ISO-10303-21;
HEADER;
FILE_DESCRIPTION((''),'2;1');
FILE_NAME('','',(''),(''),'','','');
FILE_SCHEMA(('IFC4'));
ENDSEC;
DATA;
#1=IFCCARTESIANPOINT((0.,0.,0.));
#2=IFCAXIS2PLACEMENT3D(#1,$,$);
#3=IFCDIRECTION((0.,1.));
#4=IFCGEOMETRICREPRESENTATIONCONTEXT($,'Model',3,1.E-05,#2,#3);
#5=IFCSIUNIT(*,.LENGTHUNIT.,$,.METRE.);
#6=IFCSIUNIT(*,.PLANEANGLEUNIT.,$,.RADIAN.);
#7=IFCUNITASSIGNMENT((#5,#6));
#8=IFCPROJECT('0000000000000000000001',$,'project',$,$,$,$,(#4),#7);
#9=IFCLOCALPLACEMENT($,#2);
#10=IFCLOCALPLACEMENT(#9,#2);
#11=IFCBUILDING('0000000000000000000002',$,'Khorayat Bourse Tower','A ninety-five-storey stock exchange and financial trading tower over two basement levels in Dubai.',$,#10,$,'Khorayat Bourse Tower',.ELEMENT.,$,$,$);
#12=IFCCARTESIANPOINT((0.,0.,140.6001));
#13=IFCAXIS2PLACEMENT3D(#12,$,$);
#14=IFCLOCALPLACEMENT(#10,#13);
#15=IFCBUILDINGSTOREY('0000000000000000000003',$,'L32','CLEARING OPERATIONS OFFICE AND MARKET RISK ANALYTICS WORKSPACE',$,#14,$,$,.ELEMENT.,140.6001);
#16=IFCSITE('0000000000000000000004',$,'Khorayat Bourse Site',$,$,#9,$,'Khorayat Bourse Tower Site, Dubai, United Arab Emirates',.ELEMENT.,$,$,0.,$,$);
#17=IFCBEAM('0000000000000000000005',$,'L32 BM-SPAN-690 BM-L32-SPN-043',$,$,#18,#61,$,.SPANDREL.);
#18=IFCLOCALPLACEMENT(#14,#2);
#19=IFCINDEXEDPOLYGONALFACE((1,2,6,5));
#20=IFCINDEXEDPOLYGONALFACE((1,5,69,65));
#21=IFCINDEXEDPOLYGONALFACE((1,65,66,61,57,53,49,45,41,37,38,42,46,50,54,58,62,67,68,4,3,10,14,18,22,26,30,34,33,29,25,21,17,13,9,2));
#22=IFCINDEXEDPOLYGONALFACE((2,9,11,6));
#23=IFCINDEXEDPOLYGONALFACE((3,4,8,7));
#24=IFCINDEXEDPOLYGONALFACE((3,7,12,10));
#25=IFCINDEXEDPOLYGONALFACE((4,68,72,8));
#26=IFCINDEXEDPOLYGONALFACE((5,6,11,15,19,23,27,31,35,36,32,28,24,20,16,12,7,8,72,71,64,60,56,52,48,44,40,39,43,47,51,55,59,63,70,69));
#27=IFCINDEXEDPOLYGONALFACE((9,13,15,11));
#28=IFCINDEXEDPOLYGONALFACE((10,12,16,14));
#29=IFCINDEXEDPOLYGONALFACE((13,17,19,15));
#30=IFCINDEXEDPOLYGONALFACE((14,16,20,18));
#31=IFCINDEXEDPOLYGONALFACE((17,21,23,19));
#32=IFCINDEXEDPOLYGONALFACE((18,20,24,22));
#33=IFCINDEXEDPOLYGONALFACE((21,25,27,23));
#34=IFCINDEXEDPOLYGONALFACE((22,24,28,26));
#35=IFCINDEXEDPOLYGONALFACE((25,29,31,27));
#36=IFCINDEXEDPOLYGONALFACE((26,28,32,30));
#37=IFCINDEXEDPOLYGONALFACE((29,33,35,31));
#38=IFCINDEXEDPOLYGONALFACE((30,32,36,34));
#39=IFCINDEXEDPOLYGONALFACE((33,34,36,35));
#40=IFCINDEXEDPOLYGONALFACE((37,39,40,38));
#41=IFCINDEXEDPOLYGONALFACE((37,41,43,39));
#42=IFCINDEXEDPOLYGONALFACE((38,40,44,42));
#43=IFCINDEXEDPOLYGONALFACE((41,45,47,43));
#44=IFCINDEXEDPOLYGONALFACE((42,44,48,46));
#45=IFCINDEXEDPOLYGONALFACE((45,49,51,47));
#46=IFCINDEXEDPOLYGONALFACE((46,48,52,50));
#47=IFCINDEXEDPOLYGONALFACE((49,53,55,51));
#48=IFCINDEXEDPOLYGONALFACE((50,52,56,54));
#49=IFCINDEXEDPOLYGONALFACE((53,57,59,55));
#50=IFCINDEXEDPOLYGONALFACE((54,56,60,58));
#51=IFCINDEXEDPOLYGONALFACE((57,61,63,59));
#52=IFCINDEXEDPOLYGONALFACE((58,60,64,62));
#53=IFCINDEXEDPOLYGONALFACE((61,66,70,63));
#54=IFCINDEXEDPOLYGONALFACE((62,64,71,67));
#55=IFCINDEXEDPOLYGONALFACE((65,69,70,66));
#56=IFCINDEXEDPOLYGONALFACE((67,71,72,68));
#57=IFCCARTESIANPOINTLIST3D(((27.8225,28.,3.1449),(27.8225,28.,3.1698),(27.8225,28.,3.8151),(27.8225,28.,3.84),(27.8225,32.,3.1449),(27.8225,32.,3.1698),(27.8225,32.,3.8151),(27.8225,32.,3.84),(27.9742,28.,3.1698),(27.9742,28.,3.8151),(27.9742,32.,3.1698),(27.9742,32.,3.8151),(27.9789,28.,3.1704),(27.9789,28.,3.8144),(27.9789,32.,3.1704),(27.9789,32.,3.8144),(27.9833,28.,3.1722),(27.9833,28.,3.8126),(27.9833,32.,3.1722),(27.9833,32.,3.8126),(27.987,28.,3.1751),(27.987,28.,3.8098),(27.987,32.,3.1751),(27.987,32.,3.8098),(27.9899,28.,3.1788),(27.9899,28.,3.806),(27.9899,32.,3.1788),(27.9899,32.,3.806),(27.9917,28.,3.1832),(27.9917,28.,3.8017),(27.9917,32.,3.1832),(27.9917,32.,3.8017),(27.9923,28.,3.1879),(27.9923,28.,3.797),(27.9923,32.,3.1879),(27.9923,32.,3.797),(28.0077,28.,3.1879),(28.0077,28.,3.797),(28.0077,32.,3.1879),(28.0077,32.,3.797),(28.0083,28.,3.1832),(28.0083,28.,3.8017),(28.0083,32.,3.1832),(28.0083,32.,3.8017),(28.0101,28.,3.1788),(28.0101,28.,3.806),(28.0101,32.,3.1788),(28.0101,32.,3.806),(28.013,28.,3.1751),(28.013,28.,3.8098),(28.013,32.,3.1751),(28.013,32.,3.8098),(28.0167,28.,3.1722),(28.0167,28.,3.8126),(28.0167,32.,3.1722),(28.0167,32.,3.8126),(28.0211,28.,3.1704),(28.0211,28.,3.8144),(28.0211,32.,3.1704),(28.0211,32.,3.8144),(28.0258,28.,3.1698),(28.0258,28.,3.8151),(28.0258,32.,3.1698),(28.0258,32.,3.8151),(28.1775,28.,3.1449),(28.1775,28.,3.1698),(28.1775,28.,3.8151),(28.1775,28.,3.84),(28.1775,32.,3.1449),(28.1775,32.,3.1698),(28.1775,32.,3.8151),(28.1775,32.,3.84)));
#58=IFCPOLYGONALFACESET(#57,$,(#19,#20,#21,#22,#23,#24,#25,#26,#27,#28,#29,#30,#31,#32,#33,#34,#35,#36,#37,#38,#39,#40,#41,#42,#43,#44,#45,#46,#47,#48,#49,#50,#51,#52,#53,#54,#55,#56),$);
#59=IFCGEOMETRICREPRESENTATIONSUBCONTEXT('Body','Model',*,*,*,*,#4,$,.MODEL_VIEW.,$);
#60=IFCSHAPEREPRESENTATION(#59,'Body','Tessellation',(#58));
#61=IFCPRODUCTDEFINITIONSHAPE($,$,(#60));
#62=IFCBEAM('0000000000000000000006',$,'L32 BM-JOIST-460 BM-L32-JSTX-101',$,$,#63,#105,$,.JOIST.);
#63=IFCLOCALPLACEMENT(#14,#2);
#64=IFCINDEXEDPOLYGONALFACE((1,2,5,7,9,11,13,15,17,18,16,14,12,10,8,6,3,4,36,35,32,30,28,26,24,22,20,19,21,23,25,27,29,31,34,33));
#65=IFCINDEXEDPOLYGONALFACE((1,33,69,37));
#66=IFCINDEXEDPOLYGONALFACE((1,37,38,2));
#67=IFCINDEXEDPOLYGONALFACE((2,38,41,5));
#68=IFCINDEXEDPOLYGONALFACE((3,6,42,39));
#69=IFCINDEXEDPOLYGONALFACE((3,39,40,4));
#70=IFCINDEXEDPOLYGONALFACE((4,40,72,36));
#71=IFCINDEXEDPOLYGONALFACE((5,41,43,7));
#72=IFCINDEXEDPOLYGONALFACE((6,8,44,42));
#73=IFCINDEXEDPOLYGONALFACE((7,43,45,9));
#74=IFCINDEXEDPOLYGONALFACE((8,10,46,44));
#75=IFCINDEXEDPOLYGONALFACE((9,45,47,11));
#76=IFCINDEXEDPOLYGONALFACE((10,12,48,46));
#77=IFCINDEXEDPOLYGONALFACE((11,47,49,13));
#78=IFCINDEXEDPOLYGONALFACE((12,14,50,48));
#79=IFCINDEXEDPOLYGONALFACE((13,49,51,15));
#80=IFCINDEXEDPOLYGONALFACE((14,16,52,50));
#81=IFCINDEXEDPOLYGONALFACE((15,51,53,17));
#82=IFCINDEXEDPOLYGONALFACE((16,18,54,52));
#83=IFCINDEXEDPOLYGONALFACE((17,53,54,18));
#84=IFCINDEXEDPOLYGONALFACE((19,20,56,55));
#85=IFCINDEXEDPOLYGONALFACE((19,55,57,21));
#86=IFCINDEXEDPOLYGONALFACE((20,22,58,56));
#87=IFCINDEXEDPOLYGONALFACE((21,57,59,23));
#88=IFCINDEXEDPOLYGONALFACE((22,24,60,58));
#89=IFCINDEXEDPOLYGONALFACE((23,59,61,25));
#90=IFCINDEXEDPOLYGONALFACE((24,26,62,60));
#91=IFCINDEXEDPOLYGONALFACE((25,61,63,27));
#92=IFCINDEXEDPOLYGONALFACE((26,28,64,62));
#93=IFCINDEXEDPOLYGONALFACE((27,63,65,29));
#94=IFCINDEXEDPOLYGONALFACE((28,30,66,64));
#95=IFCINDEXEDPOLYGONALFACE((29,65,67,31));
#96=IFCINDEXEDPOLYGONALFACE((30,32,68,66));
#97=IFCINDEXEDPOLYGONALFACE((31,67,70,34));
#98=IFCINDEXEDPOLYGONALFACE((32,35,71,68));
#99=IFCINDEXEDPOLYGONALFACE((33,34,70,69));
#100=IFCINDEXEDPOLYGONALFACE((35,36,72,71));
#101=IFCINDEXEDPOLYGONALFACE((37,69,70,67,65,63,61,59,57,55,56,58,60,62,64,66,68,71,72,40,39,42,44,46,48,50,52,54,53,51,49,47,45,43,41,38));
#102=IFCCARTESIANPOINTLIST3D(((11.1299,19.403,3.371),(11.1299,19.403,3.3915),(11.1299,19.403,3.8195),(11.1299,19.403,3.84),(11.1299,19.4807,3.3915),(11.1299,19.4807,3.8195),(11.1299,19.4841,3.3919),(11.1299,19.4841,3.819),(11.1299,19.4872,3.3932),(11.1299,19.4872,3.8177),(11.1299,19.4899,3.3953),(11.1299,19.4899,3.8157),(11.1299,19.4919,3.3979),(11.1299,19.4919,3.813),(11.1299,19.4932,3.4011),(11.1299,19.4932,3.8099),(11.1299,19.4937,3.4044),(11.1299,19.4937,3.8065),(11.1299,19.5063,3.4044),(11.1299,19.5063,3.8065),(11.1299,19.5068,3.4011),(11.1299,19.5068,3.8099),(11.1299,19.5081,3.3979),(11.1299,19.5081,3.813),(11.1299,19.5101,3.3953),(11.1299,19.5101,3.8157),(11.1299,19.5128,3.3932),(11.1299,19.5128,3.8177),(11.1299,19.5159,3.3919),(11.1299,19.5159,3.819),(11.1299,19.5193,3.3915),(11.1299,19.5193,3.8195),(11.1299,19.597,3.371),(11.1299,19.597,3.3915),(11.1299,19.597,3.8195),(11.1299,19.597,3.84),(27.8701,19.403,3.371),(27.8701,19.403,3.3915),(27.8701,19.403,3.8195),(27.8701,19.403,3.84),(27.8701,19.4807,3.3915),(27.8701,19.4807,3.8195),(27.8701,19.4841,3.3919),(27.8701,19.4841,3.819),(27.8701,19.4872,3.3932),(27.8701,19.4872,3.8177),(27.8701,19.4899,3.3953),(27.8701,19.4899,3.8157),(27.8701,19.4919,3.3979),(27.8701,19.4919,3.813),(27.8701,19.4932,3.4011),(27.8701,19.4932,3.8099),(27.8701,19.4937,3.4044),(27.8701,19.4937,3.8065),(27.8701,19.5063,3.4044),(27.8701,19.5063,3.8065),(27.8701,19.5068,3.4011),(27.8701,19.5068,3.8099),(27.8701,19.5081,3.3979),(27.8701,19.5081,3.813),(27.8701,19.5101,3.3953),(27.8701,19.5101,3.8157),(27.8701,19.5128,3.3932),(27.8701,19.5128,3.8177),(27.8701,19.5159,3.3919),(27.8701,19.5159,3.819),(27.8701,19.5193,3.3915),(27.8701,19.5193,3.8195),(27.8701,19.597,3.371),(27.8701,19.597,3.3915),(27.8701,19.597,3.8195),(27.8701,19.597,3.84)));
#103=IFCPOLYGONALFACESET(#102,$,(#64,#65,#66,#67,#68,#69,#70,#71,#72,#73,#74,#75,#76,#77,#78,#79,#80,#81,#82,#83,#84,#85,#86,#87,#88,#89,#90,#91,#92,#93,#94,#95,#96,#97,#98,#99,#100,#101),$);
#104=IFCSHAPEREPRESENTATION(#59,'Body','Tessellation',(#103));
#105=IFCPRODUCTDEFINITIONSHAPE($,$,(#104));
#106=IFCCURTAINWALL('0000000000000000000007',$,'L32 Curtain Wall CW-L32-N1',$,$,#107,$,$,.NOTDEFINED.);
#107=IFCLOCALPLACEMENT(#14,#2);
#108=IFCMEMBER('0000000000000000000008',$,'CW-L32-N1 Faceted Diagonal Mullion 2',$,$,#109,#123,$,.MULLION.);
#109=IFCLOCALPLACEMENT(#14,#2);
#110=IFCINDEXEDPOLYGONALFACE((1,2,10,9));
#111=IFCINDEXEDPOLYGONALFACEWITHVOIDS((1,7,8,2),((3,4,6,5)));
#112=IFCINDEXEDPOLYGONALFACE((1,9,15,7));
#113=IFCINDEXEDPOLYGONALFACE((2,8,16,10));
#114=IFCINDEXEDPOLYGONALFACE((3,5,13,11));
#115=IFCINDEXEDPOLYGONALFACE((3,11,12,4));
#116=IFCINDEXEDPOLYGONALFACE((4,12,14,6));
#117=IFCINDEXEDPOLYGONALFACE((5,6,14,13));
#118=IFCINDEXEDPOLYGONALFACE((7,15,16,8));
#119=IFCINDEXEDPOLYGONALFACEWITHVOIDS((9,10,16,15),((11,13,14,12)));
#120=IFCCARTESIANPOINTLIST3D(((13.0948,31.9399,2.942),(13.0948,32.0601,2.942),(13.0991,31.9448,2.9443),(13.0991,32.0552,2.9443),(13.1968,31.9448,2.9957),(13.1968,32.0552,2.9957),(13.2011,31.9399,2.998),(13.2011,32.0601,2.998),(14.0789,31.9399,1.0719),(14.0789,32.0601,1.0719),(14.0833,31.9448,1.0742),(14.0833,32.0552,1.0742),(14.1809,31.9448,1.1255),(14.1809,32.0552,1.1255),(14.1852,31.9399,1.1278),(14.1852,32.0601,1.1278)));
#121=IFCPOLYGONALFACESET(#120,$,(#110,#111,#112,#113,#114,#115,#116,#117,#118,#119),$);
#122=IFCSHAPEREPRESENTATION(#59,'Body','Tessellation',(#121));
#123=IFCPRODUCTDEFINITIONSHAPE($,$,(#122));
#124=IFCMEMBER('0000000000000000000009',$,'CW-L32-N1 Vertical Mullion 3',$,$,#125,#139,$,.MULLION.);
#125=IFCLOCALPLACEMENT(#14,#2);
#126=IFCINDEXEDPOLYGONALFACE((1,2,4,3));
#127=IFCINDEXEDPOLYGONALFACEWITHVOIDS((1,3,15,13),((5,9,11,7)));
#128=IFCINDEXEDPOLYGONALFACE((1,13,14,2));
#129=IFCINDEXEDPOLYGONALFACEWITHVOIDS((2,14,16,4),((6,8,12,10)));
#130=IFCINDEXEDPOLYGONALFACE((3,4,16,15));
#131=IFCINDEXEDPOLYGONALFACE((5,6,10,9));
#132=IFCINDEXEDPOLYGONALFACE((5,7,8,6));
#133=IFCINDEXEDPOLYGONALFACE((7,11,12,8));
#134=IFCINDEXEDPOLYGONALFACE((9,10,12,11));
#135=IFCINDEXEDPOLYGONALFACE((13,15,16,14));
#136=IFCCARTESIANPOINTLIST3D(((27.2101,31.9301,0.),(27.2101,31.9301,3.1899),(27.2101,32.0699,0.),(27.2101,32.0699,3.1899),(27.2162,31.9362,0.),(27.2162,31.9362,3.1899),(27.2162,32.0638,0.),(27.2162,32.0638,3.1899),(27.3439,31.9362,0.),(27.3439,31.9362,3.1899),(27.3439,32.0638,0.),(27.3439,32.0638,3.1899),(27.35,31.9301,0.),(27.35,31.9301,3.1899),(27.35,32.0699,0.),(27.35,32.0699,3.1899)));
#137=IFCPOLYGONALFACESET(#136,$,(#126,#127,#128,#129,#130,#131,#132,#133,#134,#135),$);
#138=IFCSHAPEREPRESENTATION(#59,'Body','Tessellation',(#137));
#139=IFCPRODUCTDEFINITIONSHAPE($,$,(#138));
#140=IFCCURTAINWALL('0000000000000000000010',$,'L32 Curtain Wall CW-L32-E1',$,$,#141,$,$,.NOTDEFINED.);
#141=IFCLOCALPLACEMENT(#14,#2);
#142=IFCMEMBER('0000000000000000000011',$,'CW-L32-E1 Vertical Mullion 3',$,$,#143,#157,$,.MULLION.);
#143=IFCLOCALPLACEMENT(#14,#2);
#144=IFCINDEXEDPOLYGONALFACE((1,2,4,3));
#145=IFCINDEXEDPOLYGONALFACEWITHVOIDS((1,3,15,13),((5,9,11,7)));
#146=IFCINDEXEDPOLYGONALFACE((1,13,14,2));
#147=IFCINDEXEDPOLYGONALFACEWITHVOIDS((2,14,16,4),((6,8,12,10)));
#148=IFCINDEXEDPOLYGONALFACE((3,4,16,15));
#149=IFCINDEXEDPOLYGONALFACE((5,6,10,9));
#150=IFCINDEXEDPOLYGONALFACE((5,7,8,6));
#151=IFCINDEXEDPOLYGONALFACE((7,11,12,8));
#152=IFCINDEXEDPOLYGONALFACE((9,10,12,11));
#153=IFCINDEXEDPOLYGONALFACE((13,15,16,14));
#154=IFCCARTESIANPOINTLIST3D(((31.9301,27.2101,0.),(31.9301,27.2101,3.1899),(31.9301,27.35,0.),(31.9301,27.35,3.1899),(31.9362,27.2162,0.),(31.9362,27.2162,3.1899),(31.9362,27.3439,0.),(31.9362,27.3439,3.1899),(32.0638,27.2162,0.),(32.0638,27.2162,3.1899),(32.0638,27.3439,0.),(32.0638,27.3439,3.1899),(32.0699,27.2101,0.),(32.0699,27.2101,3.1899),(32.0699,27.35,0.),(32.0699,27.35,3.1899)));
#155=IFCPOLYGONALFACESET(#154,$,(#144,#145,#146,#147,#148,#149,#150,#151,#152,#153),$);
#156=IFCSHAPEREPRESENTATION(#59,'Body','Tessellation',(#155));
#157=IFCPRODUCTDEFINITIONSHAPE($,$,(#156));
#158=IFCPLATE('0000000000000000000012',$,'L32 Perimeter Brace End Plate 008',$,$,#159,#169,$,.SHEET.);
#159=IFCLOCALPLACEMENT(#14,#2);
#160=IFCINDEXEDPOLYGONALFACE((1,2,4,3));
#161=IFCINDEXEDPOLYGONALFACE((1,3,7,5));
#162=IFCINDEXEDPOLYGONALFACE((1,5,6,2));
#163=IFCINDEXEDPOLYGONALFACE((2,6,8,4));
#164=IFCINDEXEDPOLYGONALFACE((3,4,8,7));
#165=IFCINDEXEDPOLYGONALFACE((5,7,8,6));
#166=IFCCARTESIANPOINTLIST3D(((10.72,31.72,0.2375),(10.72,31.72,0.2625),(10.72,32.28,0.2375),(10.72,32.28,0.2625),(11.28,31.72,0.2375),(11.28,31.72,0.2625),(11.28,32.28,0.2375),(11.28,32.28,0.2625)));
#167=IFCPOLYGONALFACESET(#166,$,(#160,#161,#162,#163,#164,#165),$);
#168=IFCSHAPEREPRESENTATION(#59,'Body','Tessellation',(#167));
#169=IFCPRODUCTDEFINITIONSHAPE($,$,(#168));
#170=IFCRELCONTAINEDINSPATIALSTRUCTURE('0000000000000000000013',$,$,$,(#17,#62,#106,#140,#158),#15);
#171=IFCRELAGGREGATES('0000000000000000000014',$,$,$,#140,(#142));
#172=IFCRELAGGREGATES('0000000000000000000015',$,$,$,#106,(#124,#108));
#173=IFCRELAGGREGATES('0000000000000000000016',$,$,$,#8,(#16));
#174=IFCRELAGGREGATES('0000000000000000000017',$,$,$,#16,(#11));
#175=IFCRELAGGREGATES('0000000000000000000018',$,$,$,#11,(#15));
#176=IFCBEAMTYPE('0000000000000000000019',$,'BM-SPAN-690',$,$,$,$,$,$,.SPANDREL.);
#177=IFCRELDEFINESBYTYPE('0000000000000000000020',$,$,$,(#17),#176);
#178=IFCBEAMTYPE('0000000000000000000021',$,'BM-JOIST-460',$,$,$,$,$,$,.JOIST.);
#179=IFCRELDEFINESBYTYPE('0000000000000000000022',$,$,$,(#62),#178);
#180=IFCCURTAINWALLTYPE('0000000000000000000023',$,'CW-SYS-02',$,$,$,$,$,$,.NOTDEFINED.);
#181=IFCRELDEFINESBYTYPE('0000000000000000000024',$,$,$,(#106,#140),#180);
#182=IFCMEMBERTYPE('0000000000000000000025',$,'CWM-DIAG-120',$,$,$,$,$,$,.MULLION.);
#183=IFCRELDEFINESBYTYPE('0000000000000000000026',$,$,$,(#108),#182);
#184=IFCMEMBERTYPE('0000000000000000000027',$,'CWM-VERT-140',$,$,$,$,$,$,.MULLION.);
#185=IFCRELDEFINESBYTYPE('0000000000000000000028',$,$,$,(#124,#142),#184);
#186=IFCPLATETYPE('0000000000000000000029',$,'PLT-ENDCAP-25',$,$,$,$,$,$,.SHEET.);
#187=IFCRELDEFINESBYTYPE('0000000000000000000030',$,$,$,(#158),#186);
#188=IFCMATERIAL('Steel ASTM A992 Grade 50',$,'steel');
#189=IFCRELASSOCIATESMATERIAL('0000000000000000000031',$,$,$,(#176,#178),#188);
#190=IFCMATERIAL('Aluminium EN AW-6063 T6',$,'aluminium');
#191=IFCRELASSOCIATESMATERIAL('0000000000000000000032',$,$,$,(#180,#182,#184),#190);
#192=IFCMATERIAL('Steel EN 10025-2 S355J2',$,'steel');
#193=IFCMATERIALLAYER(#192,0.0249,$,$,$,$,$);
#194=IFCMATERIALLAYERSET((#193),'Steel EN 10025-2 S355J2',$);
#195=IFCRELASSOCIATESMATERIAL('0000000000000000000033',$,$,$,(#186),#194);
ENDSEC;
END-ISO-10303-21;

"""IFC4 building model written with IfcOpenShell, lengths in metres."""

from ifc_helpers import new_model, si_unit, direction, frame, origin, origin_2d, place, context, subcontext, project, spatial, rectangle, hollow_rectangle, i_section, extrude, source, transform, mapped, material, layer, layer_set, material_profile, profile_set, type_object, element, aggregate, save


model = new_model("IFC4")

# Units and contexts
model_context = context("Model", 3, precision=1e-05, world=origin(), true_north=direction((0.0, 1.0)))
body_context = subcontext(model_context, "Body", "Model", "MODEL_VIEW")
ifc_project = project(units=[si_unit("LENGTHUNIT", "METRE"), si_unit("PLANEANGLEUNIT", "RADIAN")], contexts=[model_context])

# Site, building, storey
site_placement = place(None, origin())
site = spatial("IfcSite", under=ifc_project, at=site_placement, Name="Khorayat Bourse Site", LongName="Khorayat Bourse Tower Site, Dubai, United Arab Emirates", CompositionType="ELEMENT", RefElevation=0.0)
building_placement = place(site_placement, origin())
building = spatial("IfcBuilding", under=site, at=building_placement, Name="Khorayat Bourse Tower", Description="A ninety-five-storey stock exchange and financial trading tower over two basement levels in Dubai.", LongName="Khorayat Bourse Tower", CompositionType="ELEMENT")
storey_placement = place(building_placement, frame((0.0, 0.0, 140.6001)))
storey = spatial("IfcBuildingStorey", under=building, at=storey_placement, Name="L32", Description="CLEARING OPERATIONS OFFICE AND MARKET RISK ANALYTICS WORKSPACE", CompositionType="ELEMENT", Elevation=140.6001)

# Beams
ifc_material_1 = material(Name="Steel ASTM A992 Grade 50", Category="steel")
ifc_material_profile_1 = material_profile(ifc_material_1, i_section(OverallWidth=0.355, OverallDepth=0.6951, WebThickness=0.0154, FlangeThickness=0.0249, FilletRadius=0.0181, at=origin_2d()), Name="W690X217")
ifc_profile_set_1 = profile_set([ifc_material_profile_1], Name="Steel ASTM A992 Grade 50")
beam_type_1 = type_object("IfcBeamType", Name="BM-SPAN-690", PredefinedType="SPANDREL", material=ifc_profile_set_1)
shared_shape_1 = source(origin(), body_context, "Body", "SweptSolid", [
    extrude(i_section(OverallWidth=0.355, OverallDepth=0.6951, WebThickness=0.0154, FlangeThickness=0.0249, FilletRadius=0.0181, at=origin_2d()), origin(), (0.0, 0.0, 1.0), 4.0),
])
for number, where, z_axis, x_axis, name in (
    (1, (28.0, 28.0, 3.4924), (0.0, 1.0, 0.0), (-1.0, 0.0, 0.0), "L32 BM-SPAN-690 BM-L32-SPN-043"),
):
    element("IfcBeam", number, at=place(storey_placement, frame(where, z_axis=z_axis, x_axis=x_axis)), inside=storey, type_object=beam_type_1, Name=name, PredefinedType="SPANDREL", context=body_context, shape_type="MappedRepresentation", body=[
        mapped(shared_shape_1, transform((0.0, 0.0, 0.0), scale=1.0)),
    ])
ifc_material_profile_2 = material_profile(ifc_material_1, i_section(OverallWidth=0.1941, OverallDepth=0.469, WebThickness=0.0127, FlangeThickness=0.0205, FilletRadius=0.0129, at=origin_2d()), Name="W460X106")
ifc_profile_set_2 = profile_set([ifc_material_profile_2], Name="Steel ASTM A992 Grade 50")
beam_type_2 = type_object("IfcBeamType", Name="BM-JOIST-460", PredefinedType="JOIST", material=ifc_profile_set_2)
shared_shape_2 = source(origin(), body_context, "Body", "SweptSolid", [
    extrude(i_section(OverallWidth=0.1941, OverallDepth=0.469, WebThickness=0.0127, FlangeThickness=0.0205, FilletRadius=0.0129, at=origin_2d()), origin(), (0.0, 0.0, 1.0), 16.7402),
])
beam_1_placement = place(storey_placement, frame((11.1299, 19.5, 3.6055), z_axis=(1.0, 0.0, 0.0), x_axis=(0.0, 1.0, 0.0)))
element("IfcBeam", 2, at=beam_1_placement, inside=storey, type_object=beam_type_2, Name="L32 BM-JOIST-460 BM-L32-JSTX-101", PredefinedType="JOIST", context=body_context, shape_type="MappedRepresentation", body=[
    mapped(shared_shape_2, transform((0.0, 0.0, 0.0), scale=1.0)),
])

# Curtain wall, members
ifc_material_2 = material(Name="Aluminium EN AW-6063 T6", Category="aluminium")
curtain_wall_type = type_object("IfcCurtainWallType", Name="CW-SYS-02", PredefinedType="NOTDEFINED", material=ifc_material_2)
curtain_wall_1_placement = place(storey_placement, origin())
curtain_wall_1 = element("IfcCurtainWall", 3, at=curtain_wall_1_placement, inside=storey, type_object=curtain_wall_type, Name="L32 Curtain Wall CW-L32-N1", PredefinedType="NOTDEFINED")
ifc_material_profile_3 = material_profile(ifc_material_2, hollow_rectangle(XDim=0.1201, YDim=0.1201, WallThickness=0.0049, at=origin_2d()), Name="ALU 120x120x5")
ifc_profile_set_3 = profile_set([ifc_material_profile_3], Name="Aluminium EN AW-6063 T6")
member_type_1 = type_object("IfcMemberType", Name="CWM-DIAG-120", PredefinedType="MULLION", material=ifc_profile_set_3)
shared_shape_3 = source(origin(), body_context, "Body", "SweptSolid", [
    extrude(hollow_rectangle(XDim=0.1201, YDim=0.1201, WallThickness=0.0049, at=origin_2d()), origin(), (0.0, 0.0, 1.0), 2.1133),
])
member_1_placement = place(storey_placement, frame((14.1321, 32.0, 1.0999), z_axis=(-0.465694, 0.0, 0.884946), x_axis=(0.0, -1.0, 0.0)))
member_1 = element("IfcMember", 4, at=member_1_placement, type_object=member_type_1, Name="CW-L32-N1 Faceted Diagonal Mullion 2", PredefinedType="MULLION", context=body_context, shape_type="MappedRepresentation", body=[
    mapped(shared_shape_3, transform((0.0, 0.0, 0.0), scale=1.0)),
])
ifc_material_profile_4 = material_profile(ifc_material_2, hollow_rectangle(XDim=0.1399, YDim=0.1399, WallThickness=0.0061, at=origin_2d()), Name="ALU 140x140x6")
ifc_profile_set_4 = profile_set([ifc_material_profile_4], Name="Aluminium EN AW-6063 T6")
member_type_2 = type_object("IfcMemberType", Name="CWM-VERT-140", PredefinedType="MULLION", material=ifc_profile_set_4)
shared_shape_4 = source(origin(), body_context, "Body", "SweptSolid", [
    extrude(hollow_rectangle(XDim=0.1399, YDim=0.1399, WallThickness=0.0061, at=origin_2d()), origin(), (0.0, 0.0, 1.0), 3.1899),
])
member_2_placement = place(storey_placement, frame((27.28, 32.0, 0.0), z_axis=(0.0, 0.0, 1.0), x_axis=(0.0, 1.0, 0.0)))
member_2 = element("IfcMember", 5, at=member_2_placement, type_object=member_type_2, Name="CW-L32-N1 Vertical Mullion 3", PredefinedType="MULLION", context=body_context, shape_type="MappedRepresentation", body=[
    mapped(shared_shape_4, transform((0.0, 0.0, 0.0), scale=1.0)),
])

# Curtain wall, member
curtain_wall_2_placement = place(storey_placement, origin())
curtain_wall_2 = element("IfcCurtainWall", 6, at=curtain_wall_2_placement, inside=storey, type_object=curtain_wall_type, Name="L32 Curtain Wall CW-L32-E1", PredefinedType="NOTDEFINED")
member_3_placement = place(storey_placement, frame((32.0, 27.28, 0.0), z_axis=(0.0, 0.0, 1.0), x_axis=(-1.0, 0.0, 0.0)))
member_3 = element("IfcMember", 7, at=member_3_placement, type_object=member_type_2, Name="CW-L32-E1 Vertical Mullion 3", PredefinedType="MULLION", context=body_context, shape_type="MappedRepresentation", body=[
    mapped(shared_shape_4, transform((0.0, 0.0, 0.0), scale=1.0)),
])
aggregate(curtain_wall_2, [member_3])

# Plate
ifc_material_3 = material(Name="Steel EN 10025-2 S355J2", Category="steel")
ifc_layer_1 = layer(ifc_material_3, 0.0249)
ifc_layer_set_1 = layer_set([ifc_layer_1], Name="Steel EN 10025-2 S355J2")
plate_type_1 = type_object("IfcPlateType", Name="PLT-ENDCAP-25", PredefinedType="SHEET", material=ifc_layer_set_1)
shared_shape_5 = source(origin(), body_context, "Body", "SweptSolid", [
    extrude(rectangle(XDim=0.5601, YDim=0.5601, at=origin_2d()), origin(), (0.0, 0.0, 1.0), 0.0249),
])
plate_1_placement = place(storey_placement, frame((11.0, 32.0, 0.2375), z_axis=(0.0, 0.0, 1.0), x_axis=(1.0, 0.0, 0.0)))
element("IfcPlate", 8, at=plate_1_placement, inside=storey, type_object=plate_type_1, Name="L32 Perimeter Brace End Plate 008", PredefinedType="SHEET", context=body_context, shape_type="MappedRepresentation", body=[
    mapped(shared_shape_5, transform((0.0, 0.0, 0.0), scale=1.0)),
])
aggregate(curtain_wall_1, [member_2, member_1])

save(model, "model.ifc")
